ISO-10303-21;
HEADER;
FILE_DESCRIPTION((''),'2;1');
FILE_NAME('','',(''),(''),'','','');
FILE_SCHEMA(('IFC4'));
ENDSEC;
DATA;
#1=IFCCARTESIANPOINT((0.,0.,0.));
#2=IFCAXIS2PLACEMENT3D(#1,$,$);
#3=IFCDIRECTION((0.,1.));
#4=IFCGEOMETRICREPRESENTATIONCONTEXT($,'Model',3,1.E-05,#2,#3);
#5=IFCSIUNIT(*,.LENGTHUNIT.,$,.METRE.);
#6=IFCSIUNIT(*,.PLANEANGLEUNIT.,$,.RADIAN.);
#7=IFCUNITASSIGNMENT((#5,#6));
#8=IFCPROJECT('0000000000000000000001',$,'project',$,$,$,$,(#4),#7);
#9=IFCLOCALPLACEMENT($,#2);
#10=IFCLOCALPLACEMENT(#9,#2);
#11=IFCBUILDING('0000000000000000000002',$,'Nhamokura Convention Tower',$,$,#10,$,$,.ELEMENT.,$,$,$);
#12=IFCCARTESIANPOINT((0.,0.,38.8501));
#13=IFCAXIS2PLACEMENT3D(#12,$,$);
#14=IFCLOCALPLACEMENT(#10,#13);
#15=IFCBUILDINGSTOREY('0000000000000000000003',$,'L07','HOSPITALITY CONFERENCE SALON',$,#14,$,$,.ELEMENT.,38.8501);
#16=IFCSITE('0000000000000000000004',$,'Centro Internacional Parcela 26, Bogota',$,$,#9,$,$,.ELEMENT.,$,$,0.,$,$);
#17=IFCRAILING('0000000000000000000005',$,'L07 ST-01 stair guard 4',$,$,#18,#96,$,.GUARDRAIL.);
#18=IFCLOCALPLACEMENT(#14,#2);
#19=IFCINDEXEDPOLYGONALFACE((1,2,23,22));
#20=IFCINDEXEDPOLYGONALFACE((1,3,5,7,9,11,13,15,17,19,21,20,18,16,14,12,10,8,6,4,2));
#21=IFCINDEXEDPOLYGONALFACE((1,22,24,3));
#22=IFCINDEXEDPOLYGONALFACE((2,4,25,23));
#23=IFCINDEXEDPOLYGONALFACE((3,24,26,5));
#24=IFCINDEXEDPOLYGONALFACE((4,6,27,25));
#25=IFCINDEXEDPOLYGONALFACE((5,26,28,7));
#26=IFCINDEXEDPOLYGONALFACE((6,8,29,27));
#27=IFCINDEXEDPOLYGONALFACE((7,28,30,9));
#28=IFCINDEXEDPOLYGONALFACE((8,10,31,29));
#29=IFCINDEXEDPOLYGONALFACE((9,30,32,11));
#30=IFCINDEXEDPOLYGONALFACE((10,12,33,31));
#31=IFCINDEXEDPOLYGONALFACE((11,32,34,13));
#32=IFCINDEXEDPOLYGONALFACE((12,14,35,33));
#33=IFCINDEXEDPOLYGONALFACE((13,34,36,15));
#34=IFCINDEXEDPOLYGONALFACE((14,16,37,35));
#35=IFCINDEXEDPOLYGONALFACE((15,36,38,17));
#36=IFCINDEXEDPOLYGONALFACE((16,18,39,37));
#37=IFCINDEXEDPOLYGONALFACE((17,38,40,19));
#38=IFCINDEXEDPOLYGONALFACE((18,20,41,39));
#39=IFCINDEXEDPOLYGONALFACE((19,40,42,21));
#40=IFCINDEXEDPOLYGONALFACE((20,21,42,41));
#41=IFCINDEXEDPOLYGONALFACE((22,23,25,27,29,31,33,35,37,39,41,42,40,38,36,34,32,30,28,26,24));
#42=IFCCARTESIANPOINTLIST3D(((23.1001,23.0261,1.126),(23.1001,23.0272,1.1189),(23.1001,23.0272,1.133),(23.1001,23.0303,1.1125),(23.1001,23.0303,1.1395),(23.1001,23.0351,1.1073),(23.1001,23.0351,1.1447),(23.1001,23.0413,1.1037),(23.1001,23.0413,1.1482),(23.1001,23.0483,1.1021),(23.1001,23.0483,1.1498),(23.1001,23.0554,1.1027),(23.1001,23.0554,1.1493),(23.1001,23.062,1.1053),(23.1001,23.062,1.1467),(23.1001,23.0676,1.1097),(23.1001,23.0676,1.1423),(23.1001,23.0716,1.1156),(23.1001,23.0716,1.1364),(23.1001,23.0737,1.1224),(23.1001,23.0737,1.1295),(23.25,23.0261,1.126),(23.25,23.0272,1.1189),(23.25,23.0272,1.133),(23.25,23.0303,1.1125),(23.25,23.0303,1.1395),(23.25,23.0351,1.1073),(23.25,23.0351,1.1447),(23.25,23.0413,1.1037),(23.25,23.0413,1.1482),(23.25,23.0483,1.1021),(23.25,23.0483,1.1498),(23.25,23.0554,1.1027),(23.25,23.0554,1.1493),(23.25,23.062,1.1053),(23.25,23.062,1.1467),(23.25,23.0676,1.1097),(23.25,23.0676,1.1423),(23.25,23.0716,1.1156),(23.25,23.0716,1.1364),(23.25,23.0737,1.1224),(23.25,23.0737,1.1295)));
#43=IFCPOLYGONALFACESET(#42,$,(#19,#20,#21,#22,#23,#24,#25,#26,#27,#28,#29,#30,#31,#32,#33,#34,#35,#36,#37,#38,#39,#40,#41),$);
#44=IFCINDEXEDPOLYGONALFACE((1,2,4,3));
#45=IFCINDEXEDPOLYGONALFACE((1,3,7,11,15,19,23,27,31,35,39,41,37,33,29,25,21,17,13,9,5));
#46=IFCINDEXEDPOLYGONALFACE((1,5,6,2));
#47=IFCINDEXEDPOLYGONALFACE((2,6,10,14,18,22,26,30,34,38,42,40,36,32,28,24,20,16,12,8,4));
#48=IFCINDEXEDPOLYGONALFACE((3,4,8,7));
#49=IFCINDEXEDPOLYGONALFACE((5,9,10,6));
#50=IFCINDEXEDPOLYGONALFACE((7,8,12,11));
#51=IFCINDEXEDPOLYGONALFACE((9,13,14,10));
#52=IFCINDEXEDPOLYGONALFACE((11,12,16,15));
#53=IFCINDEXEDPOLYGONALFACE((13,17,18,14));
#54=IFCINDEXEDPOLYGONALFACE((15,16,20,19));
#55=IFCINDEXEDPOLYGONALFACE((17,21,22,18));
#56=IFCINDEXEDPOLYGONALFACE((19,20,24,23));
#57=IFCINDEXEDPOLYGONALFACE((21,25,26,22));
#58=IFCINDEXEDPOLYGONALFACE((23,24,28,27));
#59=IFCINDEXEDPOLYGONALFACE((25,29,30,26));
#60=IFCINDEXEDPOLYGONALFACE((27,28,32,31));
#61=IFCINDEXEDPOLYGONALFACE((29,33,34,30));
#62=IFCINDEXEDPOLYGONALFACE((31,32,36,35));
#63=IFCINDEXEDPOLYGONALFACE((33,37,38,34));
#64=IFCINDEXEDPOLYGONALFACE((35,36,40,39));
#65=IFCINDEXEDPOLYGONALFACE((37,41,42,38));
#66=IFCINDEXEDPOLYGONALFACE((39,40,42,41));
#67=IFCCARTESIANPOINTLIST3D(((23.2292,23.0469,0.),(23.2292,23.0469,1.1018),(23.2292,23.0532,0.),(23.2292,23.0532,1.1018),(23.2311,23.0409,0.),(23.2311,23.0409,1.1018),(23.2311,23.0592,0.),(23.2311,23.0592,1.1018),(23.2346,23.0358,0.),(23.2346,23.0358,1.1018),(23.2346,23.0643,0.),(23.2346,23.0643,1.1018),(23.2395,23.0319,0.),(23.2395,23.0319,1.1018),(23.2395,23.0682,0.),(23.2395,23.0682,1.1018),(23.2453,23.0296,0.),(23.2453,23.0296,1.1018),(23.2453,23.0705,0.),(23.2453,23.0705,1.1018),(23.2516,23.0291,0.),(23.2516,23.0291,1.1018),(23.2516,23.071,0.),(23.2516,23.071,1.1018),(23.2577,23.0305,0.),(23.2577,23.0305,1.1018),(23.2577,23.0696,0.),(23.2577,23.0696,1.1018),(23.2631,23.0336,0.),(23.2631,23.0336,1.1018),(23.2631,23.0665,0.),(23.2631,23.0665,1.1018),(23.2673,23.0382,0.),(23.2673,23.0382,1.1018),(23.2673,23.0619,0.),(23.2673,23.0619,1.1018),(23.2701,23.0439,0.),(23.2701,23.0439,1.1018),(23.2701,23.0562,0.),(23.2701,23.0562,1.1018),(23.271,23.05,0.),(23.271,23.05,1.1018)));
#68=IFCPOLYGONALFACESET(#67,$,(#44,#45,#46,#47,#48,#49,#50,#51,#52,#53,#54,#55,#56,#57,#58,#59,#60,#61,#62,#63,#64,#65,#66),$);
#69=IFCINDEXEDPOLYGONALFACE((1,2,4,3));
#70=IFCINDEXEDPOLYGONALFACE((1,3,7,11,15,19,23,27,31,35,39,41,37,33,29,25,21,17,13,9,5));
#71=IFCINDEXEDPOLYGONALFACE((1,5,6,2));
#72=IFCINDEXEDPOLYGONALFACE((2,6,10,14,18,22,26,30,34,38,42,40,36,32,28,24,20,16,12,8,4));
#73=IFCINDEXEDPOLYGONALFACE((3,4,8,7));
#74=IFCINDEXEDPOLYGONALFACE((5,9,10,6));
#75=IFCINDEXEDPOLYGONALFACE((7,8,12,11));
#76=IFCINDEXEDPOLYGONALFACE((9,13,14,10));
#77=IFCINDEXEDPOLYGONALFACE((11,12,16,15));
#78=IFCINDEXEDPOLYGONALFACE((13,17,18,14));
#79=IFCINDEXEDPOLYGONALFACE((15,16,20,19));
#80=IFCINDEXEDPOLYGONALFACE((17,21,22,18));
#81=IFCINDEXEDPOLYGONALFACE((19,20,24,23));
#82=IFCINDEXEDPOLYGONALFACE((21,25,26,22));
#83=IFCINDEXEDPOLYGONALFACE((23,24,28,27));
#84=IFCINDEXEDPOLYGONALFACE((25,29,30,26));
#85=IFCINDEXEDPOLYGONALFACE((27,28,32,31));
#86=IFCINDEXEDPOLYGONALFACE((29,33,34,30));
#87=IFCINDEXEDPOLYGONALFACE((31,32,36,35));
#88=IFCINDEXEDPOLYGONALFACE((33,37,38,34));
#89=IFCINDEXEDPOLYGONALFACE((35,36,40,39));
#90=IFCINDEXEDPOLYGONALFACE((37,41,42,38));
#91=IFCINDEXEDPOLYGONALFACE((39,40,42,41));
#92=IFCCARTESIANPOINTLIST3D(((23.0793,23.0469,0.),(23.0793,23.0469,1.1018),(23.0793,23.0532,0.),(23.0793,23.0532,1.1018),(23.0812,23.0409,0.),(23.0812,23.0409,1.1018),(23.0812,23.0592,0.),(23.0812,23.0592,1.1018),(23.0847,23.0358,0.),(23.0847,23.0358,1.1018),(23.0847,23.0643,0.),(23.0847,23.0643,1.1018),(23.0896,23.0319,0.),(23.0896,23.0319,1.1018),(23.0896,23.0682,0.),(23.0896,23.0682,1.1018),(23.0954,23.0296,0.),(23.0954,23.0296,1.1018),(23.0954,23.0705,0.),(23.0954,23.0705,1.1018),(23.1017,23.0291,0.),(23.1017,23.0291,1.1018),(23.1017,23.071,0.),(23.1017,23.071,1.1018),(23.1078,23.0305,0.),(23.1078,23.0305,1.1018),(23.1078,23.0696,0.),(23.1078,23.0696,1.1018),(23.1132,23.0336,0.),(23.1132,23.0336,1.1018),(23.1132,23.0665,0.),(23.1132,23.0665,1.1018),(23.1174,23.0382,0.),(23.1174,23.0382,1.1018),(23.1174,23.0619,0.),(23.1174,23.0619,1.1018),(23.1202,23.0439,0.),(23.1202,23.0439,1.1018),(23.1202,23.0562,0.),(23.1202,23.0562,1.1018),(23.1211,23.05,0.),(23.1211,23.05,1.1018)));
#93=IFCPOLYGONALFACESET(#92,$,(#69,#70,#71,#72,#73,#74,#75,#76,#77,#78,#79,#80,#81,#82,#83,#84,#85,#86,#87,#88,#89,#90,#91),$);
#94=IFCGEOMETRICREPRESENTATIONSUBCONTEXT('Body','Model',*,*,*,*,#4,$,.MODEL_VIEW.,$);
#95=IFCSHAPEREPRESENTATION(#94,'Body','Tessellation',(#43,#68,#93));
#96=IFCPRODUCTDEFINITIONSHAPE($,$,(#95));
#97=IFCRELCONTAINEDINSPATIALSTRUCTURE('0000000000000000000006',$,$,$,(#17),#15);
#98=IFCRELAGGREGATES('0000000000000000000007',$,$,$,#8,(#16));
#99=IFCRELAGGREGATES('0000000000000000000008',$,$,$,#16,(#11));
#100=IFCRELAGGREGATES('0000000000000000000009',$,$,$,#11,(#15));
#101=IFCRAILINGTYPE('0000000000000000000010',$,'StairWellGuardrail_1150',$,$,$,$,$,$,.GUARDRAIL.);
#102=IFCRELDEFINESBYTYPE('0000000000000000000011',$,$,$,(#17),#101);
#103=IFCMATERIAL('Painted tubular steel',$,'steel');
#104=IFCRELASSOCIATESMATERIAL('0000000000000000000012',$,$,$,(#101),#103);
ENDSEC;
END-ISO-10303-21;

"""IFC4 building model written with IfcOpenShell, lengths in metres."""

from ifc_helpers import new_model, si_unit, direction, frame, origin, origin_2d, place, context, subcontext, project, spatial, circle, extrude, material, type_object, element, save


model = new_model("IFC4")

# Units and contexts
model_context = context("Model", 3, precision=1e-05, world=origin(), true_north=direction((0.0, 1.0)))
body_context = subcontext(model_context, "Body", "Model", "MODEL_VIEW")
ifc_project = project(units=[si_unit("LENGTHUNIT", "METRE"), si_unit("PLANEANGLEUNIT", "RADIAN")], contexts=[model_context])

# Site, building, storey
site_placement = place(None, origin())
site = spatial("IfcSite", under=ifc_project, at=site_placement, Name="Centro Internacional Parcela 26, Bogota", CompositionType="ELEMENT", RefElevation=0.0)
building_placement = place(site_placement, origin())
building = spatial("IfcBuilding", under=site, at=building_placement, Name="Nhamokura Convention Tower", CompositionType="ELEMENT")
storey_placement = place(building_placement, frame((0.0, 0.0, 38.8501)))
storey = spatial("IfcBuildingStorey", under=building, at=storey_placement, Name="L07", Description="HOSPITALITY CONFERENCE SALON", CompositionType="ELEMENT", Elevation=38.8501)

# Railing
ifc_material_1 = material(Name="Painted tubular steel", Category="steel")
railing_type_1 = type_object("IfcRailingType", Name="StairWellGuardrail_1150", PredefinedType="GUARDRAIL", material=ifc_material_1)
railing_1_placement = place(storey_placement, frame((23.25, 23.05, 0.0)))
element("IfcRailing", 1, at=railing_1_placement, inside=storey, type_object=railing_type_1, Name="L07 ST-01 stair guard 4", PredefinedType="GUARDRAIL", context=body_context, shape_type="SweptSolid", body=[
    extrude(circle(Radius=0.0239, at=origin_2d()), frame((0.0, 0.0, 1.126), z_axis=(-1.0, 0.0, 0.0), x_axis=(0.0, -1.0, 0.0)), (0.0, 0.0, 1.0), 0.1499),
    extrude(circle(Radius=0.021, at=origin_2d()), origin(), (0.0, 0.0, 1.0), 1.1018),
    extrude(circle(Radius=0.021, at=origin_2d()), frame((-0.1499, 0.0, 0.0)), (0.0, 0.0, 1.0), 1.1018),
])

save(model, "model.ifc")
